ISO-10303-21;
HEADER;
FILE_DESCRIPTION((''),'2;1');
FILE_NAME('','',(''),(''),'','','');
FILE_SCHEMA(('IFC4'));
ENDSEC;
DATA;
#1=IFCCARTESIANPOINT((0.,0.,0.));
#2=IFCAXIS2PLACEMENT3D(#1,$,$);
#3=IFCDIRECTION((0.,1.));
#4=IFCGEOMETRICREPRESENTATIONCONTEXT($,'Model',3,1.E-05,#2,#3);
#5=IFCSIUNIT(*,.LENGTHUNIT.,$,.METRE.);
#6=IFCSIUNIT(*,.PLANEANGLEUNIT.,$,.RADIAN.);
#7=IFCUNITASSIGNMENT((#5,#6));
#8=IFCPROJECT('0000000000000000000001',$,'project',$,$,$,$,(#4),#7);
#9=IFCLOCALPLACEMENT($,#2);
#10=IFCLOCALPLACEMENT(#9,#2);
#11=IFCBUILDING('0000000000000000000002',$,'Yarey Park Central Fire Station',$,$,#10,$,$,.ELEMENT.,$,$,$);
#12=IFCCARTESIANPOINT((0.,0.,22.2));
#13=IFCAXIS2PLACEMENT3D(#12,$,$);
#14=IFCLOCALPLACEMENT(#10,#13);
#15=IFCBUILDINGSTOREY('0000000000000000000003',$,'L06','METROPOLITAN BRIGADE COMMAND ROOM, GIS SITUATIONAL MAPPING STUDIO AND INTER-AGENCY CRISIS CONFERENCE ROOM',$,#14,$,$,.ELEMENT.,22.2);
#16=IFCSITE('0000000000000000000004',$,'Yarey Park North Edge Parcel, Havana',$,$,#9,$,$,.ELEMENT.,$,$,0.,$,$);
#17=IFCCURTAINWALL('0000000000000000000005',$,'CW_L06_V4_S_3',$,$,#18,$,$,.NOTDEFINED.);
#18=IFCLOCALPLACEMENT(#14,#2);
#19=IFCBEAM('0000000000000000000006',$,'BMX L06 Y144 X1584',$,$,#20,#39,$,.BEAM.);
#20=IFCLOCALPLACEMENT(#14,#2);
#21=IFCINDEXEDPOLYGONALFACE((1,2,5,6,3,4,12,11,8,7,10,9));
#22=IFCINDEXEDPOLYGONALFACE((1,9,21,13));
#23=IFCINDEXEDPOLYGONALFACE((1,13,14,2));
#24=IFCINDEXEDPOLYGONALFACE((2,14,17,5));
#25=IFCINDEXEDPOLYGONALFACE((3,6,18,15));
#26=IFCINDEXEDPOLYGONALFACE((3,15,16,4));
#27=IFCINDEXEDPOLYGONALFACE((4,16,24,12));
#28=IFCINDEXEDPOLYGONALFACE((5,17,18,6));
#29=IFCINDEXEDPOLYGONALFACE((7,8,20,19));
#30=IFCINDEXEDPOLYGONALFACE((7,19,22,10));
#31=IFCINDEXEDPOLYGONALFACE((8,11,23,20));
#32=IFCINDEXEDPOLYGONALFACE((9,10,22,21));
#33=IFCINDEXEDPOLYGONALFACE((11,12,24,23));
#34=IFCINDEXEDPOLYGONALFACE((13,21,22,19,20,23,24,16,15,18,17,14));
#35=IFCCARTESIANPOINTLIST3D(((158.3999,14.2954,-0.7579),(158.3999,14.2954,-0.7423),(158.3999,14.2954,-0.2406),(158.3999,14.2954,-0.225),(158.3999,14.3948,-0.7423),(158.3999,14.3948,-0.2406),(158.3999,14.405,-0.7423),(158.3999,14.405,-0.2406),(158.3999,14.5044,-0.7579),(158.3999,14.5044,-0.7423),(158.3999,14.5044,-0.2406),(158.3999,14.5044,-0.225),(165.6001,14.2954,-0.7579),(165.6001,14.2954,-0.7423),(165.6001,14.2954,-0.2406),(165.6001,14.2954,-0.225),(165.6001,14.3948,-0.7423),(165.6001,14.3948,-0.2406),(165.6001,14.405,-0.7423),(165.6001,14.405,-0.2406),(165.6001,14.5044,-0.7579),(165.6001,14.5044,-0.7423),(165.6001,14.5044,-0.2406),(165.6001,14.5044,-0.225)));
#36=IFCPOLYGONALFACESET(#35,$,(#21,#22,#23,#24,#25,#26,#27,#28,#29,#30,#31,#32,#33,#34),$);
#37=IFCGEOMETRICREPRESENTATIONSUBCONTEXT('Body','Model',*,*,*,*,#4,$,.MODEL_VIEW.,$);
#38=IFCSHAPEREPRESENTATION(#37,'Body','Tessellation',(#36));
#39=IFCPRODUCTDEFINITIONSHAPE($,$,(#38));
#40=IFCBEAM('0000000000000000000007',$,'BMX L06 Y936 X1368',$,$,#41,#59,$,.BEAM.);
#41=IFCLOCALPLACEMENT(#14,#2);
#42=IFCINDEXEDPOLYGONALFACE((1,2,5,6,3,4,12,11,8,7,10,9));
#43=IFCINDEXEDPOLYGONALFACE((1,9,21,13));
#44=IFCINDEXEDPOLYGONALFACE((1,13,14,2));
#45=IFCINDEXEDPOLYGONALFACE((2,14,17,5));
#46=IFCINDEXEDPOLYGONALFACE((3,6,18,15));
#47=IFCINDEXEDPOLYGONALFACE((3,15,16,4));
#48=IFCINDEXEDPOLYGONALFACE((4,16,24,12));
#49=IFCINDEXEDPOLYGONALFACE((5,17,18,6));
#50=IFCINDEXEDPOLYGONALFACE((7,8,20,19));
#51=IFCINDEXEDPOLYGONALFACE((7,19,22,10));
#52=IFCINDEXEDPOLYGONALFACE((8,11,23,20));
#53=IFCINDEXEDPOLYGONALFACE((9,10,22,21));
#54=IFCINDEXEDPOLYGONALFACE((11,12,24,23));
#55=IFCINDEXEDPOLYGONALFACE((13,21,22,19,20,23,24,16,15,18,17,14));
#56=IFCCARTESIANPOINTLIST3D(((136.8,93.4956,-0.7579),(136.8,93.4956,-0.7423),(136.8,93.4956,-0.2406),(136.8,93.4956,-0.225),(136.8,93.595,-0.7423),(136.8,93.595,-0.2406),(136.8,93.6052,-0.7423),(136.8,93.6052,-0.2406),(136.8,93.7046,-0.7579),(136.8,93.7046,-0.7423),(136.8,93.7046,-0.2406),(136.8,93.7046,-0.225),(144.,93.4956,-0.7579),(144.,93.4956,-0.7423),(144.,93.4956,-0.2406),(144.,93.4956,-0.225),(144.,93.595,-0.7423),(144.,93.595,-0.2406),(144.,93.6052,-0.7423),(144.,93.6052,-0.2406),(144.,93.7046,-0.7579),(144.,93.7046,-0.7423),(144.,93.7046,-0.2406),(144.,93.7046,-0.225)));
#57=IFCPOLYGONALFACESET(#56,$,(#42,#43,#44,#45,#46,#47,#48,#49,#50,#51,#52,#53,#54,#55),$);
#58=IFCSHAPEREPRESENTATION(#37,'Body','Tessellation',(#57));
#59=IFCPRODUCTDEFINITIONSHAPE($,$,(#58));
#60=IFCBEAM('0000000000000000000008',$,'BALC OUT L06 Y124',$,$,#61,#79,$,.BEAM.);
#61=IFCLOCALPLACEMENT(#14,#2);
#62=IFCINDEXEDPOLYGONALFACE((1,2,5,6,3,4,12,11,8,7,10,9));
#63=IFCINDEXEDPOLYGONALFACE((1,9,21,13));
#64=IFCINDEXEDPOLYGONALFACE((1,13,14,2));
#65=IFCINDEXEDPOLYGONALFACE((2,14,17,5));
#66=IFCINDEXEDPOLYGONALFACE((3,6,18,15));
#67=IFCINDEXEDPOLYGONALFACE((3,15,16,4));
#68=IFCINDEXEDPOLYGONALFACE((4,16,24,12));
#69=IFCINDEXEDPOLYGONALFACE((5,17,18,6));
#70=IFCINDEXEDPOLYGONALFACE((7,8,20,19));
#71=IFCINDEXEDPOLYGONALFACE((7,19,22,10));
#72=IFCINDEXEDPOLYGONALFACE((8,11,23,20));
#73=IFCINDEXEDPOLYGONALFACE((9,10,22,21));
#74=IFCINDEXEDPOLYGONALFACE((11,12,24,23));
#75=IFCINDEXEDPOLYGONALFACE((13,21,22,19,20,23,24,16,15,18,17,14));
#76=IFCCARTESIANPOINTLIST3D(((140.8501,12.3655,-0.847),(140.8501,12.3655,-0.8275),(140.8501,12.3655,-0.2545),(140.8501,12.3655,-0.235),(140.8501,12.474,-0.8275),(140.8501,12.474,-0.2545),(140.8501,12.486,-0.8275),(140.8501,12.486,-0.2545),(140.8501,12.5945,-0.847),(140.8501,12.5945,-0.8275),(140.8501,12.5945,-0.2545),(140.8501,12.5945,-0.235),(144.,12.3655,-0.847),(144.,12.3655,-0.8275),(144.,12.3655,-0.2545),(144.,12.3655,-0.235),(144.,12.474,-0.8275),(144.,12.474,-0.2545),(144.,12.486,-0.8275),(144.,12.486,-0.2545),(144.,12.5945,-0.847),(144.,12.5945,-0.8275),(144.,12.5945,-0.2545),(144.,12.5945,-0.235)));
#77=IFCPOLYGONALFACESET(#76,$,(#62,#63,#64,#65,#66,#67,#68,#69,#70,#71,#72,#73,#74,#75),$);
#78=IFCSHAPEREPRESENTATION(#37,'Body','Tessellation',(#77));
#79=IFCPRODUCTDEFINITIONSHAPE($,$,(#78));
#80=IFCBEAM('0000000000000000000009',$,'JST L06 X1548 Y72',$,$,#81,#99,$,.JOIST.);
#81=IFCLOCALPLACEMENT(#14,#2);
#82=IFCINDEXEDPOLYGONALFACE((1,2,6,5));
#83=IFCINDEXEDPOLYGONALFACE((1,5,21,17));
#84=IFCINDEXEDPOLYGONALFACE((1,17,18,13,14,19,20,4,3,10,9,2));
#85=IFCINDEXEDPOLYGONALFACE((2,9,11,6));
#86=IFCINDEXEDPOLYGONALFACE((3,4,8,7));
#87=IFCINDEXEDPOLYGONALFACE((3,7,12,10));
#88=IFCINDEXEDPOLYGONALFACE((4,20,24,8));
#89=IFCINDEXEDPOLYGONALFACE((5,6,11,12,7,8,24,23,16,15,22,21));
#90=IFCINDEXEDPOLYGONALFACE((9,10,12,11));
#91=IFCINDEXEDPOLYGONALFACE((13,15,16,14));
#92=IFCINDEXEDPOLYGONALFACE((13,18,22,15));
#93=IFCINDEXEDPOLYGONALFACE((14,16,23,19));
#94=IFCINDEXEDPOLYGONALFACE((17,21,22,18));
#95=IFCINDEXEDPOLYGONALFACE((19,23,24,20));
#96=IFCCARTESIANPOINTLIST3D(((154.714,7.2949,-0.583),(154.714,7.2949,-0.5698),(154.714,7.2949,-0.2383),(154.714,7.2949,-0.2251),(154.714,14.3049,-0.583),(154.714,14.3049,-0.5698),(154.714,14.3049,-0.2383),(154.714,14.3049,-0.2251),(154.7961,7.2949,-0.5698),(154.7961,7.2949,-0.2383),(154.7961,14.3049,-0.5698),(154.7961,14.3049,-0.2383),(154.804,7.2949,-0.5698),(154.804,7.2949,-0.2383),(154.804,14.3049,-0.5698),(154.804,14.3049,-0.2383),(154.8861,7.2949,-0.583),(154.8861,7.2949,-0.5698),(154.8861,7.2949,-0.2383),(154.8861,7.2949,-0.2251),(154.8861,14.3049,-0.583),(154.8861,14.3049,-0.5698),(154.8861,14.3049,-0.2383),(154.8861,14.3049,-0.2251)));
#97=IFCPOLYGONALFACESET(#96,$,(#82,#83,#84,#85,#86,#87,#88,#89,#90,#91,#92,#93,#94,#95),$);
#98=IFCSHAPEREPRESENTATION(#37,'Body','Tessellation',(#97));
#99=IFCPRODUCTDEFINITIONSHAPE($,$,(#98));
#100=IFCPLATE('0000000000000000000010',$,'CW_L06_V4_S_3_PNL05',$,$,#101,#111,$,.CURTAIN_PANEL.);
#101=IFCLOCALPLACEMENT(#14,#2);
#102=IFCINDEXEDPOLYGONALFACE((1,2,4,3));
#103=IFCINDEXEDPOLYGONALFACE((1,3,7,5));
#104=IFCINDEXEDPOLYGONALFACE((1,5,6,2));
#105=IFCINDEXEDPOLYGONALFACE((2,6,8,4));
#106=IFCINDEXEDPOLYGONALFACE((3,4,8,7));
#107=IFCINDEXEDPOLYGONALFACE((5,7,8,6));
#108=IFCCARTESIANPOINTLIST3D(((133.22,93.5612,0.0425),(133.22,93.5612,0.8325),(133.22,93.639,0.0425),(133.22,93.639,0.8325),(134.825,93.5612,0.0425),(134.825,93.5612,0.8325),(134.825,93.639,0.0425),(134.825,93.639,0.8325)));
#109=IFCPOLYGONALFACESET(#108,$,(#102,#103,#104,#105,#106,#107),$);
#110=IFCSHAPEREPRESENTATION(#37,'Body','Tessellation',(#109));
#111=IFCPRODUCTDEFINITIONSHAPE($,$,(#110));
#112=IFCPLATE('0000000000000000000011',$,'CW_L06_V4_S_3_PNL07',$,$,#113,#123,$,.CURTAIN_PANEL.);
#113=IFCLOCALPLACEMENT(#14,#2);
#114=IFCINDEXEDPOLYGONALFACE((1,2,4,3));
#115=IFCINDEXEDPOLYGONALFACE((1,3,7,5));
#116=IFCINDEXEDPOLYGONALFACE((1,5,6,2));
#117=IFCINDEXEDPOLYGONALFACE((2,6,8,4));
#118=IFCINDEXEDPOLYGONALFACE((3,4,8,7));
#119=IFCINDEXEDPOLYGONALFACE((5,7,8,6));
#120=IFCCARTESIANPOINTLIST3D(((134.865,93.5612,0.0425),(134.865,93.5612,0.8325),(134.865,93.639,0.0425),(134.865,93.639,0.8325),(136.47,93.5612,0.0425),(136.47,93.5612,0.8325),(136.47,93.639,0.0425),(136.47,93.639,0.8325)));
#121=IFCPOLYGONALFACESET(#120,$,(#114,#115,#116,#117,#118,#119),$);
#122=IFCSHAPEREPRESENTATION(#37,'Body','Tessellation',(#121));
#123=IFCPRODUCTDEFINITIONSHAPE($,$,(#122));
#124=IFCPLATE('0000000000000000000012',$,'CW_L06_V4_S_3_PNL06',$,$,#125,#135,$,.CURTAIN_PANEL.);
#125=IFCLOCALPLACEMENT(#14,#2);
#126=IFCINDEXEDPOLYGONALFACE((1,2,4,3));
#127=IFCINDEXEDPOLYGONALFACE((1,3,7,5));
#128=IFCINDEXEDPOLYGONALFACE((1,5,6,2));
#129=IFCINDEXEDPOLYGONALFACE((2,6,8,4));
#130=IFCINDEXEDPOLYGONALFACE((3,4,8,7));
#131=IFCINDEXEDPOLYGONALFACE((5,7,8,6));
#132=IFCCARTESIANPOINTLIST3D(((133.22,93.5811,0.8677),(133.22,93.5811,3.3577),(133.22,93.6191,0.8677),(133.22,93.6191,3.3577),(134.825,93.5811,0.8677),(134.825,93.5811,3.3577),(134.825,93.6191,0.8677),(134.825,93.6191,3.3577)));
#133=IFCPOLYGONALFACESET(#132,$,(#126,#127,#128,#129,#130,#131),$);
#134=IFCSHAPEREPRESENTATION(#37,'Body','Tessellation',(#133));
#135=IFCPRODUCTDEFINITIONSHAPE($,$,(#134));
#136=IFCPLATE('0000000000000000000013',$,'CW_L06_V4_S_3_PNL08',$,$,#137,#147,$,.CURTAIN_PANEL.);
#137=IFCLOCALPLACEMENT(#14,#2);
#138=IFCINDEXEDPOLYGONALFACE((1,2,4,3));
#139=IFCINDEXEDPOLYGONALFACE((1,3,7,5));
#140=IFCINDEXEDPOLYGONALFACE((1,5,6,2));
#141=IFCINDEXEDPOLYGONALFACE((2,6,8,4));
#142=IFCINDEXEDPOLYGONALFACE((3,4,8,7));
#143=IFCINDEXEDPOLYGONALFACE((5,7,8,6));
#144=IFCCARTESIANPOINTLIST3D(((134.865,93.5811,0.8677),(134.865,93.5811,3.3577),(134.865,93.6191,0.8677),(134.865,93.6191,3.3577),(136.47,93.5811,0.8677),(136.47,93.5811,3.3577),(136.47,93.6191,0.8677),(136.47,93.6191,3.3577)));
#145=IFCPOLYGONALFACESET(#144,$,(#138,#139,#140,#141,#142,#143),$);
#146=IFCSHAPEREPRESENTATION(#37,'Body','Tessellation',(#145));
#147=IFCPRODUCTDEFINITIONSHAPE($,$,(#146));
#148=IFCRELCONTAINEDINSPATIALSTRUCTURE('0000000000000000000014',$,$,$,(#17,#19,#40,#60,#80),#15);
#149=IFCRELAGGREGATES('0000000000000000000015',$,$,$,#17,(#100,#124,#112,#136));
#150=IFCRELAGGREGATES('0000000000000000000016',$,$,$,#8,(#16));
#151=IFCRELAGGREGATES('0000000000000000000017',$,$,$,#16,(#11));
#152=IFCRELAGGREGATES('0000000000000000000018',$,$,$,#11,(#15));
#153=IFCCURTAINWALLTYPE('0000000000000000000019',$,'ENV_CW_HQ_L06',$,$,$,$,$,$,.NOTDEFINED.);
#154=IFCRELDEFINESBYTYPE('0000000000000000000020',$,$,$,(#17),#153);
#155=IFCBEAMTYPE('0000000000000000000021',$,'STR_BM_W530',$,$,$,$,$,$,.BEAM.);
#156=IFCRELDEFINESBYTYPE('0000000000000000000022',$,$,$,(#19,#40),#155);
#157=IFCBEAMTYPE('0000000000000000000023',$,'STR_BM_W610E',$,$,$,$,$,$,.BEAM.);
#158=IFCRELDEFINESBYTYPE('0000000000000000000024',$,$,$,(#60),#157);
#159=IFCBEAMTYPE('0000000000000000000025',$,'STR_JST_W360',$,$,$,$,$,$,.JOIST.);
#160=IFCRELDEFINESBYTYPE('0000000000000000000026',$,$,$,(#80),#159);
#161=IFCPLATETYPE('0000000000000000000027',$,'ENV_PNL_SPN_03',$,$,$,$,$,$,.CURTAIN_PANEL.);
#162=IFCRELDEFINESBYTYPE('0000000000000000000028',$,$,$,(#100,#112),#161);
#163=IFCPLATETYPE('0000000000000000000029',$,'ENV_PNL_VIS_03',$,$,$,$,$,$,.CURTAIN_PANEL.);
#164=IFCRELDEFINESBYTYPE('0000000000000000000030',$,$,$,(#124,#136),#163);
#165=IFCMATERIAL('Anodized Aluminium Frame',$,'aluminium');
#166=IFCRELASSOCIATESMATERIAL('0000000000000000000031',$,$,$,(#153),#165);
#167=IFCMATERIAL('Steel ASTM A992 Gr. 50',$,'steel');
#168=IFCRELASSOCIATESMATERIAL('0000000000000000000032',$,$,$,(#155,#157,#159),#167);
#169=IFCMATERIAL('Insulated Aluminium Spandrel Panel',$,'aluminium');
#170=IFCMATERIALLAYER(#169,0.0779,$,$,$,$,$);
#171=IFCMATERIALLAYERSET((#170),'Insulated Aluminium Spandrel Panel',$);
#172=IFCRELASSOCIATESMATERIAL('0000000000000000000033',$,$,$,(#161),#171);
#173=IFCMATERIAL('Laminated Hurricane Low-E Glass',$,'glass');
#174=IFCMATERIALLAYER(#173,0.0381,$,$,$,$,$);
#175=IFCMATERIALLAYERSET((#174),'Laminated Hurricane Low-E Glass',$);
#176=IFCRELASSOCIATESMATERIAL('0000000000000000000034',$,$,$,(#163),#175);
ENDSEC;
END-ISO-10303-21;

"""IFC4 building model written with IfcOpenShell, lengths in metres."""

from ifc_helpers import new_model, si_unit, direction, frame, origin, origin_2d, place, context, subcontext, project, spatial, rectangle, i_section, extrude, material, layer, layer_set, material_profile, profile_set, type_object, element, aggregate, save


model = new_model("IFC4")

# Units and contexts
model_context = context("Model", 3, precision=1e-05, world=origin(), true_north=direction((0.0, 1.0)))
body_context = subcontext(model_context, "Body", "Model", "MODEL_VIEW")
ifc_project = project(units=[si_unit("LENGTHUNIT", "METRE"), si_unit("PLANEANGLEUNIT", "RADIAN")], contexts=[model_context])

# Site, building, storey
site_placement = place(None, origin())
site = spatial("IfcSite", under=ifc_project, at=site_placement, Name="Yarey Park North Edge Parcel, Havana", CompositionType="ELEMENT", RefElevation=0.0)
building_placement = place(site_placement, origin())
building = spatial("IfcBuilding", under=site, at=building_placement, Name="Yarey Park Central Fire Station", CompositionType="ELEMENT")
storey_placement = place(building_placement, frame((0.0, 0.0, 22.2)))
storey = spatial("IfcBuildingStorey", under=building, at=storey_placement, Name="L06", Description="METROPOLITAN BRIGADE COMMAND ROOM, GIS SITUATIONAL MAPPING STUDIO AND INTER-AGENCY CRISIS CONFERENCE ROOM", CompositionType="ELEMENT", Elevation=22.2)

# Shared definitions
ifc_material_1 = material(Name="Steel ASTM A992 Gr. 50", Category="steel")

# Curtain wall
ifc_material_2 = material(Name="Anodized Aluminium Frame", Category="aluminium")
curtain_wall_type = type_object("IfcCurtainWallType", Name="ENV_CW_HQ_L06", PredefinedType="NOTDEFINED", material=ifc_material_2)
curtain_wall_placement = place(storey_placement, origin())
curtain_wall = element("IfcCurtainWall", 1, at=curtain_wall_placement, inside=storey, type_object=curtain_wall_type, Name="CW_L06_V4_S_3", PredefinedType="NOTDEFINED")

# Beams
ifc_material_profile_1 = material_profile(ifc_material_1, i_section(OverallWidth=0.209, OverallDepth=0.533, WebThickness=0.0103, FlangeThickness=0.0156, at=origin_2d()), Name="W530x92")
ifc_profile_set_1 = profile_set([ifc_material_profile_1], Name="Steel ASTM A992 Gr. 50")
beam_type_1 = type_object("IfcBeamType", Name="STR_BM_W530", PredefinedType="BEAM", material=ifc_profile_set_1)
beam_1_placement = place(storey_placement, frame((158.3999, 14.3999, -0.4915), z_axis=(1.0, 0.0, 0.0), x_axis=(0.0, 1.0, 0.0)))
element("IfcBeam", 2, at=beam_1_placement, inside=storey, type_object=beam_type_1, Name="BMX L06 Y144 X1584", PredefinedType="BEAM", context=body_context, shape_type="SweptSolid", body=[
    extrude(i_section(OverallWidth=0.209, OverallDepth=0.533, WebThickness=0.0103, FlangeThickness=0.0156, at=origin_2d()), origin(), (0.0, 0.0, 1.0), 7.2002),
])
beam_2_placement = place(storey_placement, frame((136.8, 93.6001, -0.4915), z_axis=(1.0, 0.0, 0.0), x_axis=(0.0, 1.0, 0.0)))
element("IfcBeam", 3, at=beam_2_placement, inside=storey, type_object=beam_type_1, Name="BMX L06 Y936 X1368", PredefinedType="BEAM", context=body_context, shape_type="SweptSolid", body=[
    extrude(i_section(OverallWidth=0.209, OverallDepth=0.533, WebThickness=0.0103, FlangeThickness=0.0156, at=origin_2d()), origin(), (0.0, 0.0, 1.0), 7.2),
])
ifc_material_profile_2 = material_profile(ifc_material_1, i_section(OverallWidth=0.229, OverallDepth=0.6121, WebThickness=0.012, FlangeThickness=0.0195, at=origin_2d()), Name="W610x125")
ifc_profile_set_2 = profile_set([ifc_material_profile_2], Name="Steel ASTM A992 Gr. 50")
beam_type_2 = type_object("IfcBeamType", Name="STR_BM_W610E", PredefinedType="BEAM", material=ifc_profile_set_2)
beam_3_placement = place(storey_placement, frame((140.8501, 12.48, -0.541), z_axis=(1.0, 0.0, 0.0), x_axis=(0.0, 1.0, 0.0)))
element("IfcBeam", 4, at=beam_3_placement, inside=storey, type_object=beam_type_2, Name="BALC OUT L06 Y124", PredefinedType="BEAM", context=body_context, shape_type="SweptSolid", body=[
    extrude(i_section(OverallWidth=0.229, OverallDepth=0.6121, WebThickness=0.012, FlangeThickness=0.0195, at=origin_2d()), origin(), (0.0, 0.0, 1.0), 3.1499),
])
ifc_material_profile_3 = material_profile(ifc_material_1, i_section(OverallWidth=0.1721, OverallDepth=0.3579, WebThickness=0.0078, FlangeThickness=0.0132, at=origin_2d()), Name="W360x57")
ifc_profile_set_3 = profile_set([ifc_material_profile_3], Name="Steel ASTM A992 Gr. 50")
beam_type_3 = type_object("IfcBeamType", Name="STR_JST_W360", PredefinedType="JOIST", material=ifc_profile_set_3)
beam_4_placement = place(storey_placement, frame((154.8, 7.2949, -0.4041), z_axis=(0.0, 1.0, 0.0), x_axis=(-1.0, 0.0, 0.0)))
element("IfcBeam", 5, at=beam_4_placement, inside=storey, type_object=beam_type_3, Name="JST L06 X1548 Y72", PredefinedType="JOIST", context=body_context, shape_type="SweptSolid", body=[
    extrude(i_section(OverallWidth=0.1721, OverallDepth=0.3579, WebThickness=0.0078, FlangeThickness=0.0132, at=origin_2d()), origin(), (0.0, 0.0, 1.0), 7.01),
])

# Plates
ifc_material_3 = material(Name="Insulated Aluminium Spandrel Panel", Category="aluminium")
ifc_layer_1 = layer(ifc_material_3, 0.0779)
ifc_layer_set_1 = layer_set([ifc_layer_1], Name="Insulated Aluminium Spandrel Panel")
plate_type_1 = type_object("IfcPlateType", Name="ENV_PNL_SPN_03", PredefinedType="CURTAIN_PANEL", material=ifc_layer_set_1)
plate_1_placement = place(storey_placement, frame((134.0225, 93.6001, 0.0425), z_axis=(0.0, 0.0, 1.0), x_axis=(1.0, 0.0, 0.0)))
plate_1 = element("IfcPlate", 6, at=plate_1_placement, type_object=plate_type_1, Name="CW_L06_V4_S_3_PNL05", PredefinedType="CURTAIN_PANEL", context=body_context, shape_type="SweptSolid", body=[
    extrude(rectangle(XDim=1.605, YDim=0.0779, at=origin_2d()), origin(), (0.0, 0.0, 1.0), 0.79),
])
plate_2_placement = place(storey_placement, frame((135.6675, 93.6001, 0.0425), z_axis=(0.0, 0.0, 1.0), x_axis=(1.0, 0.0, 0.0)))
plate_2 = element("IfcPlate", 7, at=plate_2_placement, type_object=plate_type_1, Name="CW_L06_V4_S_3_PNL07", PredefinedType="CURTAIN_PANEL", context=body_context, shape_type="SweptSolid", body=[
    extrude(rectangle(XDim=1.605, YDim=0.0779, at=origin_2d()), origin(), (0.0, 0.0, 1.0), 0.79),
])
ifc_material_4 = material(Name="Laminated Hurricane Low-E Glass", Category="glass")
ifc_layer_2 = layer(ifc_material_4, 0.0381)
ifc_layer_set_2 = layer_set([ifc_layer_2], Name="Laminated Hurricane Low-E Glass")
plate_type_2 = type_object("IfcPlateType", Name="ENV_PNL_VIS_03", PredefinedType="CURTAIN_PANEL", material=ifc_layer_set_2)
plate_3_placement = place(storey_placement, frame((134.0225, 93.6001, 0.8677), z_axis=(0.0, 0.0, 1.0), x_axis=(1.0, 0.0, 0.0)))
plate_3 = element("IfcPlate", 8, at=plate_3_placement, type_object=plate_type_2, Name="CW_L06_V4_S_3_PNL06", PredefinedType="CURTAIN_PANEL", context=body_context, shape_type="SweptSolid", body=[
    extrude(rectangle(XDim=1.605, YDim=0.0381, at=origin_2d()), origin(), (0.0, 0.0, 1.0), 2.49),
])
plate_4_placement = place(storey_placement, frame((135.6675, 93.6001, 0.8677), z_axis=(0.0, 0.0, 1.0), x_axis=(1.0, 0.0, 0.0)))
plate_4 = element("IfcPlate", 9, at=plate_4_placement, type_object=plate_type_2, Name="CW_L06_V4_S_3_PNL08", PredefinedType="CURTAIN_PANEL", context=body_context, shape_type="SweptSolid", body=[
    extrude(rectangle(XDim=1.605, YDim=0.0381, at=origin_2d()), origin(), (0.0, 0.0, 1.0), 2.49),
])
aggregate(curtain_wall, [plate_1, plate_3, plate_2, plate_4])

save(model, "model.ifc")
